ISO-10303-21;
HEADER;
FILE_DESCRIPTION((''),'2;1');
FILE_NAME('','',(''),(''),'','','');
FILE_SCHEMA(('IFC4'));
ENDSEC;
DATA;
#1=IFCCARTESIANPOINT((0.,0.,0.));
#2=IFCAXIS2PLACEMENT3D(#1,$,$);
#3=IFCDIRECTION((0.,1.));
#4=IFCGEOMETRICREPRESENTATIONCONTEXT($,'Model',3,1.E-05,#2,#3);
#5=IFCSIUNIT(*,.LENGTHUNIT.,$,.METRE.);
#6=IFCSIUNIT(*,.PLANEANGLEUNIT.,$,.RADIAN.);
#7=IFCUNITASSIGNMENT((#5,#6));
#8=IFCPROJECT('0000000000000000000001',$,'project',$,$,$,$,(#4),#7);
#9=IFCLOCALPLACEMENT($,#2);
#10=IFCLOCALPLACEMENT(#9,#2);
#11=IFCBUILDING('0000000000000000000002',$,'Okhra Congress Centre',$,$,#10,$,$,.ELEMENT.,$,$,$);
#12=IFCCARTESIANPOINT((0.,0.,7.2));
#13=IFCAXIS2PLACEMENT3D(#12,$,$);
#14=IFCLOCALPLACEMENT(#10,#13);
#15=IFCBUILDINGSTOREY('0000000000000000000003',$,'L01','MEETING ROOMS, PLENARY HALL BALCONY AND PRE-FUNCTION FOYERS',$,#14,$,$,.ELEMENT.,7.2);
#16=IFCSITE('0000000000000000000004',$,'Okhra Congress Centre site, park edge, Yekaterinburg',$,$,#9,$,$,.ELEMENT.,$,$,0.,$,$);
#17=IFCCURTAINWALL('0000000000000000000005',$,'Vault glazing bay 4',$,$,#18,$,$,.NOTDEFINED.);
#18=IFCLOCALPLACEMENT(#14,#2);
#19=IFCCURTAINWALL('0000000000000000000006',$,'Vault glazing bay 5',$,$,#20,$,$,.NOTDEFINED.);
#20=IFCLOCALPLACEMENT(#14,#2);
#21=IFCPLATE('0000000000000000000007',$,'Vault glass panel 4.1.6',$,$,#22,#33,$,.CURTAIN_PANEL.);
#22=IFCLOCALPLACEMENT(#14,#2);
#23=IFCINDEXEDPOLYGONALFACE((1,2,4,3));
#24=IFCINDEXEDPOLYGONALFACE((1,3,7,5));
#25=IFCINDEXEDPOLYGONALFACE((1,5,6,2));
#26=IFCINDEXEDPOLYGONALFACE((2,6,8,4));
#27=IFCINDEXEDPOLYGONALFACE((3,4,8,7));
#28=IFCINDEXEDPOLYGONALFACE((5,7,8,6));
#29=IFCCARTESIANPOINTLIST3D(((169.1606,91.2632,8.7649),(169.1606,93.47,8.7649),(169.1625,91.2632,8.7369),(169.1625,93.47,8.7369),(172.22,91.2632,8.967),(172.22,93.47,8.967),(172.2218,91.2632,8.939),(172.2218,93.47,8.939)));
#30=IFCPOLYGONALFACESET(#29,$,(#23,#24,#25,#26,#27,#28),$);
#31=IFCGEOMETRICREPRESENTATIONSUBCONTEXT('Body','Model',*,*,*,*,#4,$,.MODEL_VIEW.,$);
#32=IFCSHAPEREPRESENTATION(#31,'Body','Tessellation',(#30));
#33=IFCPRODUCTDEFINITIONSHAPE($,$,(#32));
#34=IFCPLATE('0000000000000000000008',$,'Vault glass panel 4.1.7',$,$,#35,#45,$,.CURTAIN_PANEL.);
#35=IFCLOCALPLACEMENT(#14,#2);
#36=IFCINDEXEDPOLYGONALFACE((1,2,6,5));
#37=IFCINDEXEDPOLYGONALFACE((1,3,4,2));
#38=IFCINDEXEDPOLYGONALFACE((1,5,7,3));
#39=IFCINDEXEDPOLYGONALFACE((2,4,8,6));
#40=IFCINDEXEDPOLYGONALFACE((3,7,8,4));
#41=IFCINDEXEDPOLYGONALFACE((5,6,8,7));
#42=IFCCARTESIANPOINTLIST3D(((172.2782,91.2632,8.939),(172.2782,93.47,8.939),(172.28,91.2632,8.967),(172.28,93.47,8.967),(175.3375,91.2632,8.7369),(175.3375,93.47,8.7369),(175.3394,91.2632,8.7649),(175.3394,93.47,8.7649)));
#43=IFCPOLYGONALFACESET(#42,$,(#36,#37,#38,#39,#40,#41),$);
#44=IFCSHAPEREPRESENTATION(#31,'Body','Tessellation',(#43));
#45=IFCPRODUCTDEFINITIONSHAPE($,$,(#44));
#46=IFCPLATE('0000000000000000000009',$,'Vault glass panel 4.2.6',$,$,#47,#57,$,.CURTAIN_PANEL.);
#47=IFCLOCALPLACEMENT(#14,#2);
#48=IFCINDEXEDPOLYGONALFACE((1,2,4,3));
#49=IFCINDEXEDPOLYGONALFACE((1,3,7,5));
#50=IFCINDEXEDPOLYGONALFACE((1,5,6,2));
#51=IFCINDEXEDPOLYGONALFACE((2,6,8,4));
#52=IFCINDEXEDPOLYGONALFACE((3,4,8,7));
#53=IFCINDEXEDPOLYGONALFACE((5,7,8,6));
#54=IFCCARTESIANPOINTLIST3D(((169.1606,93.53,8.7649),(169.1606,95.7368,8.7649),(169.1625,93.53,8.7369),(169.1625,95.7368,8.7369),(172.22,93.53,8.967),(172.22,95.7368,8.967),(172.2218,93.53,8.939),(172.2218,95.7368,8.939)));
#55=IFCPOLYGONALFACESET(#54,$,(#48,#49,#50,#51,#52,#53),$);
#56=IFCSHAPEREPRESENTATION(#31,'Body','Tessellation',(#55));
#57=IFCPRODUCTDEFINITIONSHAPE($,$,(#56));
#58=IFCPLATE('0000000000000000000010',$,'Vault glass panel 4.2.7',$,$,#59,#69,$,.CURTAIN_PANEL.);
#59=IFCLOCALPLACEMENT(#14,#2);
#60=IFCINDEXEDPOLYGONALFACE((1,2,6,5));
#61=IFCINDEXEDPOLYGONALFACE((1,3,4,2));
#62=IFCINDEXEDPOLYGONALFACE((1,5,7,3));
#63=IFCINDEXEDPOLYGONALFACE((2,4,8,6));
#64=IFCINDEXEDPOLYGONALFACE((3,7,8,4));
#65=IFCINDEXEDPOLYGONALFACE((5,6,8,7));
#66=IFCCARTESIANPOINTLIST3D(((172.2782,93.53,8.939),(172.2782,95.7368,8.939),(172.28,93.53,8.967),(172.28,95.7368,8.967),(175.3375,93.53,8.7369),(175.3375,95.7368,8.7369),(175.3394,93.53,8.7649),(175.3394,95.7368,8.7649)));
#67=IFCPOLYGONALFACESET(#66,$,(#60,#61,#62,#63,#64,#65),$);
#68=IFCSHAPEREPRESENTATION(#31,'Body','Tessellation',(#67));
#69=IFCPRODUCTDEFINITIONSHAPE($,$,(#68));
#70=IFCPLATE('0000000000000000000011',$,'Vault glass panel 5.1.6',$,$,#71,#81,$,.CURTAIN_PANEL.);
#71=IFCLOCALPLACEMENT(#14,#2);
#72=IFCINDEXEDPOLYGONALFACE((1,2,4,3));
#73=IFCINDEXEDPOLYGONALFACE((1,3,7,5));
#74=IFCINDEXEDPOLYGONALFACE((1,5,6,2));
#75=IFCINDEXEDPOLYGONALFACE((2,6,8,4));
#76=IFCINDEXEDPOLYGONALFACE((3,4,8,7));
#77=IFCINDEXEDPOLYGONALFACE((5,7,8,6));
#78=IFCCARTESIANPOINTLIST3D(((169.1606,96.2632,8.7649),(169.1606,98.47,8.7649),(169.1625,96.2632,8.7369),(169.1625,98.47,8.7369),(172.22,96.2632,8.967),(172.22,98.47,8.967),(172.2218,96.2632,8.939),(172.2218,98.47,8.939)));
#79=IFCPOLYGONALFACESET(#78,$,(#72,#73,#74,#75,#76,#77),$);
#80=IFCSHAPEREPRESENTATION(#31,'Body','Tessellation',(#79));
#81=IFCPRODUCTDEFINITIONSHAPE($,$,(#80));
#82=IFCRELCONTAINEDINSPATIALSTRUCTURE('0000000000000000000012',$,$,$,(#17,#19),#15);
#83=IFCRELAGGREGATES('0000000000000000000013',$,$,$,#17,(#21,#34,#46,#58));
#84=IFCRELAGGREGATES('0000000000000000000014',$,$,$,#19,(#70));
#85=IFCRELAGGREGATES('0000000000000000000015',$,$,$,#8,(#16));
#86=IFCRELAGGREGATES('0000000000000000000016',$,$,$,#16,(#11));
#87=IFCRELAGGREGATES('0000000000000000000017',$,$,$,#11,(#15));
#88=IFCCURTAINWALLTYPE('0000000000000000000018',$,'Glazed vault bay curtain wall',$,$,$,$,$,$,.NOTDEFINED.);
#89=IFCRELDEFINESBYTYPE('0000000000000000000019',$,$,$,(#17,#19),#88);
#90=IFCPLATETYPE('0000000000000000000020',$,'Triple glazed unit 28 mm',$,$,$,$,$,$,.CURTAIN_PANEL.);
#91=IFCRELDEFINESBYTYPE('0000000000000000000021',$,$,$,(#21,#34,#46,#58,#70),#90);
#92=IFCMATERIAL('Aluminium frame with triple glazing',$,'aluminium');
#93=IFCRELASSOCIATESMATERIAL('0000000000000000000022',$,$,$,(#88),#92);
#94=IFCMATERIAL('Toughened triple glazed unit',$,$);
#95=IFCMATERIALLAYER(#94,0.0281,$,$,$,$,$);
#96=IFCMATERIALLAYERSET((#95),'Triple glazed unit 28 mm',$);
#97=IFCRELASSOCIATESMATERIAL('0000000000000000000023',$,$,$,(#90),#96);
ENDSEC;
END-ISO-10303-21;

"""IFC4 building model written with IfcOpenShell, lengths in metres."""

from ifc_helpers import new_model, si_unit, direction, frame, origin, place, context, subcontext, project, spatial, polyline, outline, extrude, material, layer, layer_set, type_object, element, aggregate, save


model = new_model("IFC4")

# Units and contexts
model_context = context("Model", 3, precision=1e-05, world=origin(), true_north=direction((0.0, 1.0)))
body_context = subcontext(model_context, "Body", "Model", "MODEL_VIEW")
ifc_project = project(units=[si_unit("LENGTHUNIT", "METRE"), si_unit("PLANEANGLEUNIT", "RADIAN")], contexts=[model_context])

# Site, building, storey
site_placement = place(None, origin())
site = spatial("IfcSite", under=ifc_project, at=site_placement, Name="Okhra Congress Centre site, park edge, Yekaterinburg", CompositionType="ELEMENT", RefElevation=0.0)
building_placement = place(site_placement, origin())
building = spatial("IfcBuilding", under=site, at=building_placement, Name="Okhra Congress Centre", CompositionType="ELEMENT")
storey_placement = place(building_placement, frame((0.0, 0.0, 7.2)))
storey = spatial("IfcBuildingStorey", under=building, at=storey_placement, Name="L01", Description="MEETING ROOMS, PLENARY HALL BALCONY AND PRE-FUNCTION FOYERS", CompositionType="ELEMENT", Elevation=7.2)

# Shared definitions
ifc_material_1 = material(Name="Aluminium frame with triple glazing", Category="aluminium")
curtain_wall_type = type_object("IfcCurtainWallType", Name="Glazed vault bay curtain wall", PredefinedType="NOTDEFINED", material=ifc_material_1)

# Curtain walls
curtain_wall_1_placement = place(storey_placement, origin())
curtain_wall_1 = element("IfcCurtainWall", 1, at=curtain_wall_1_placement, inside=storey, type_object=curtain_wall_type, Name="Vault glazing bay 4", PredefinedType="NOTDEFINED")
curtain_wall_2_placement = place(storey_placement, origin())
curtain_wall_2 = element("IfcCurtainWall", 2, at=curtain_wall_2_placement, inside=storey, type_object=curtain_wall_type, Name="Vault glazing bay 5", PredefinedType="NOTDEFINED")

# Plates
ifc_material_2 = material(Name="Toughened triple glazed unit")
ifc_layer = layer(ifc_material_2, 0.0281)
ifc_layer_set = layer_set([ifc_layer], Name="Triple glazed unit 28 mm")
plate_type = type_object("IfcPlateType", Name="Triple glazed unit 28 mm", PredefinedType="CURTAIN_PANEL", material=ifc_layer_set)
plate_1_placement = place(storey_placement, frame((169.1606, 91.2632, 8.7649), z_axis=(-0.065932, 0.0, 0.997824), x_axis=(0.997824, 0.0, 0.065932)))
plate_1 = element("IfcPlate", 3, at=plate_1_placement, type_object=plate_type, Name="Vault glass panel 4.1.6", PredefinedType="CURTAIN_PANEL", context=body_context, shape_type="SweptSolid", body=[
    extrude(outline(polyline([(0.0, 0.0), (3.066, 0.0), (3.066, 2.2068), (0.0, 2.2068), (0.0, 0.0)])), origin(), (0.0, 0.0, -1.0), 0.0281),
])
plate_2_placement = place(storey_placement, frame((172.28, 91.2632, 8.967), z_axis=(0.065932, 0.0, 0.997824), x_axis=(0.997824, 0.0, -0.065932)))
plate_2 = element("IfcPlate", 4, at=plate_2_placement, type_object=plate_type, Name="Vault glass panel 4.1.7", PredefinedType="CURTAIN_PANEL", context=body_context, shape_type="SweptSolid", body=[
    extrude(outline(polyline([(0.0, 0.0), (3.066, 0.0), (3.066, 2.2068), (0.0, 2.2068), (0.0, 0.0)])), origin(), (0.0, 0.0, -1.0), 0.0281),
])
plate_3_placement = place(storey_placement, frame((169.1606, 93.53, 8.7649), z_axis=(-0.065932, 0.0, 0.997824), x_axis=(0.997824, 0.0, 0.065932)))
plate_3 = element("IfcPlate", 5, at=plate_3_placement, type_object=plate_type, Name="Vault glass panel 4.2.6", PredefinedType="CURTAIN_PANEL", context=body_context, shape_type="SweptSolid", body=[
    extrude(outline(polyline([(0.0, 0.0), (3.066, 0.0), (3.066, 2.2068), (0.0, 2.2068), (0.0, 0.0)])), origin(), (0.0, 0.0, -1.0), 0.0281),
])
plate_4_placement = place(storey_placement, frame((172.28, 93.53, 8.967), z_axis=(0.065932, 0.0, 0.997824), x_axis=(0.997824, 0.0, -0.065932)))
plate_4 = element("IfcPlate", 6, at=plate_4_placement, type_object=plate_type, Name="Vault glass panel 4.2.7", PredefinedType="CURTAIN_PANEL", context=body_context, shape_type="SweptSolid", body=[
    extrude(outline(polyline([(0.0, 0.0), (3.066, 0.0), (3.066, 2.2068), (0.0, 2.2068), (0.0, 0.0)])), origin(), (0.0, 0.0, -1.0), 0.0281),
])
aggregate(curtain_wall_1, [plate_1, plate_2, plate_3, plate_4])
plate_5_placement = place(storey_placement, frame((169.1606, 96.2632, 8.7649), z_axis=(-0.065932, 0.0, 0.997824), x_axis=(0.997824, 0.0, 0.065932)))
plate_5 = element("IfcPlate", 7, at=plate_5_placement, type_object=plate_type, Name="Vault glass panel 5.1.6", PredefinedType="CURTAIN_PANEL", context=body_context, shape_type="SweptSolid", body=[
    extrude(outline(polyline([(0.0, 0.0), (3.066, 0.0), (3.066, 2.2068), (0.0, 2.2068), (0.0, 0.0)])), origin(), (0.0, 0.0, -1.0), 0.0281),
])
aggregate(curtain_wall_2, [plate_5])

save(model, "model.ifc")
